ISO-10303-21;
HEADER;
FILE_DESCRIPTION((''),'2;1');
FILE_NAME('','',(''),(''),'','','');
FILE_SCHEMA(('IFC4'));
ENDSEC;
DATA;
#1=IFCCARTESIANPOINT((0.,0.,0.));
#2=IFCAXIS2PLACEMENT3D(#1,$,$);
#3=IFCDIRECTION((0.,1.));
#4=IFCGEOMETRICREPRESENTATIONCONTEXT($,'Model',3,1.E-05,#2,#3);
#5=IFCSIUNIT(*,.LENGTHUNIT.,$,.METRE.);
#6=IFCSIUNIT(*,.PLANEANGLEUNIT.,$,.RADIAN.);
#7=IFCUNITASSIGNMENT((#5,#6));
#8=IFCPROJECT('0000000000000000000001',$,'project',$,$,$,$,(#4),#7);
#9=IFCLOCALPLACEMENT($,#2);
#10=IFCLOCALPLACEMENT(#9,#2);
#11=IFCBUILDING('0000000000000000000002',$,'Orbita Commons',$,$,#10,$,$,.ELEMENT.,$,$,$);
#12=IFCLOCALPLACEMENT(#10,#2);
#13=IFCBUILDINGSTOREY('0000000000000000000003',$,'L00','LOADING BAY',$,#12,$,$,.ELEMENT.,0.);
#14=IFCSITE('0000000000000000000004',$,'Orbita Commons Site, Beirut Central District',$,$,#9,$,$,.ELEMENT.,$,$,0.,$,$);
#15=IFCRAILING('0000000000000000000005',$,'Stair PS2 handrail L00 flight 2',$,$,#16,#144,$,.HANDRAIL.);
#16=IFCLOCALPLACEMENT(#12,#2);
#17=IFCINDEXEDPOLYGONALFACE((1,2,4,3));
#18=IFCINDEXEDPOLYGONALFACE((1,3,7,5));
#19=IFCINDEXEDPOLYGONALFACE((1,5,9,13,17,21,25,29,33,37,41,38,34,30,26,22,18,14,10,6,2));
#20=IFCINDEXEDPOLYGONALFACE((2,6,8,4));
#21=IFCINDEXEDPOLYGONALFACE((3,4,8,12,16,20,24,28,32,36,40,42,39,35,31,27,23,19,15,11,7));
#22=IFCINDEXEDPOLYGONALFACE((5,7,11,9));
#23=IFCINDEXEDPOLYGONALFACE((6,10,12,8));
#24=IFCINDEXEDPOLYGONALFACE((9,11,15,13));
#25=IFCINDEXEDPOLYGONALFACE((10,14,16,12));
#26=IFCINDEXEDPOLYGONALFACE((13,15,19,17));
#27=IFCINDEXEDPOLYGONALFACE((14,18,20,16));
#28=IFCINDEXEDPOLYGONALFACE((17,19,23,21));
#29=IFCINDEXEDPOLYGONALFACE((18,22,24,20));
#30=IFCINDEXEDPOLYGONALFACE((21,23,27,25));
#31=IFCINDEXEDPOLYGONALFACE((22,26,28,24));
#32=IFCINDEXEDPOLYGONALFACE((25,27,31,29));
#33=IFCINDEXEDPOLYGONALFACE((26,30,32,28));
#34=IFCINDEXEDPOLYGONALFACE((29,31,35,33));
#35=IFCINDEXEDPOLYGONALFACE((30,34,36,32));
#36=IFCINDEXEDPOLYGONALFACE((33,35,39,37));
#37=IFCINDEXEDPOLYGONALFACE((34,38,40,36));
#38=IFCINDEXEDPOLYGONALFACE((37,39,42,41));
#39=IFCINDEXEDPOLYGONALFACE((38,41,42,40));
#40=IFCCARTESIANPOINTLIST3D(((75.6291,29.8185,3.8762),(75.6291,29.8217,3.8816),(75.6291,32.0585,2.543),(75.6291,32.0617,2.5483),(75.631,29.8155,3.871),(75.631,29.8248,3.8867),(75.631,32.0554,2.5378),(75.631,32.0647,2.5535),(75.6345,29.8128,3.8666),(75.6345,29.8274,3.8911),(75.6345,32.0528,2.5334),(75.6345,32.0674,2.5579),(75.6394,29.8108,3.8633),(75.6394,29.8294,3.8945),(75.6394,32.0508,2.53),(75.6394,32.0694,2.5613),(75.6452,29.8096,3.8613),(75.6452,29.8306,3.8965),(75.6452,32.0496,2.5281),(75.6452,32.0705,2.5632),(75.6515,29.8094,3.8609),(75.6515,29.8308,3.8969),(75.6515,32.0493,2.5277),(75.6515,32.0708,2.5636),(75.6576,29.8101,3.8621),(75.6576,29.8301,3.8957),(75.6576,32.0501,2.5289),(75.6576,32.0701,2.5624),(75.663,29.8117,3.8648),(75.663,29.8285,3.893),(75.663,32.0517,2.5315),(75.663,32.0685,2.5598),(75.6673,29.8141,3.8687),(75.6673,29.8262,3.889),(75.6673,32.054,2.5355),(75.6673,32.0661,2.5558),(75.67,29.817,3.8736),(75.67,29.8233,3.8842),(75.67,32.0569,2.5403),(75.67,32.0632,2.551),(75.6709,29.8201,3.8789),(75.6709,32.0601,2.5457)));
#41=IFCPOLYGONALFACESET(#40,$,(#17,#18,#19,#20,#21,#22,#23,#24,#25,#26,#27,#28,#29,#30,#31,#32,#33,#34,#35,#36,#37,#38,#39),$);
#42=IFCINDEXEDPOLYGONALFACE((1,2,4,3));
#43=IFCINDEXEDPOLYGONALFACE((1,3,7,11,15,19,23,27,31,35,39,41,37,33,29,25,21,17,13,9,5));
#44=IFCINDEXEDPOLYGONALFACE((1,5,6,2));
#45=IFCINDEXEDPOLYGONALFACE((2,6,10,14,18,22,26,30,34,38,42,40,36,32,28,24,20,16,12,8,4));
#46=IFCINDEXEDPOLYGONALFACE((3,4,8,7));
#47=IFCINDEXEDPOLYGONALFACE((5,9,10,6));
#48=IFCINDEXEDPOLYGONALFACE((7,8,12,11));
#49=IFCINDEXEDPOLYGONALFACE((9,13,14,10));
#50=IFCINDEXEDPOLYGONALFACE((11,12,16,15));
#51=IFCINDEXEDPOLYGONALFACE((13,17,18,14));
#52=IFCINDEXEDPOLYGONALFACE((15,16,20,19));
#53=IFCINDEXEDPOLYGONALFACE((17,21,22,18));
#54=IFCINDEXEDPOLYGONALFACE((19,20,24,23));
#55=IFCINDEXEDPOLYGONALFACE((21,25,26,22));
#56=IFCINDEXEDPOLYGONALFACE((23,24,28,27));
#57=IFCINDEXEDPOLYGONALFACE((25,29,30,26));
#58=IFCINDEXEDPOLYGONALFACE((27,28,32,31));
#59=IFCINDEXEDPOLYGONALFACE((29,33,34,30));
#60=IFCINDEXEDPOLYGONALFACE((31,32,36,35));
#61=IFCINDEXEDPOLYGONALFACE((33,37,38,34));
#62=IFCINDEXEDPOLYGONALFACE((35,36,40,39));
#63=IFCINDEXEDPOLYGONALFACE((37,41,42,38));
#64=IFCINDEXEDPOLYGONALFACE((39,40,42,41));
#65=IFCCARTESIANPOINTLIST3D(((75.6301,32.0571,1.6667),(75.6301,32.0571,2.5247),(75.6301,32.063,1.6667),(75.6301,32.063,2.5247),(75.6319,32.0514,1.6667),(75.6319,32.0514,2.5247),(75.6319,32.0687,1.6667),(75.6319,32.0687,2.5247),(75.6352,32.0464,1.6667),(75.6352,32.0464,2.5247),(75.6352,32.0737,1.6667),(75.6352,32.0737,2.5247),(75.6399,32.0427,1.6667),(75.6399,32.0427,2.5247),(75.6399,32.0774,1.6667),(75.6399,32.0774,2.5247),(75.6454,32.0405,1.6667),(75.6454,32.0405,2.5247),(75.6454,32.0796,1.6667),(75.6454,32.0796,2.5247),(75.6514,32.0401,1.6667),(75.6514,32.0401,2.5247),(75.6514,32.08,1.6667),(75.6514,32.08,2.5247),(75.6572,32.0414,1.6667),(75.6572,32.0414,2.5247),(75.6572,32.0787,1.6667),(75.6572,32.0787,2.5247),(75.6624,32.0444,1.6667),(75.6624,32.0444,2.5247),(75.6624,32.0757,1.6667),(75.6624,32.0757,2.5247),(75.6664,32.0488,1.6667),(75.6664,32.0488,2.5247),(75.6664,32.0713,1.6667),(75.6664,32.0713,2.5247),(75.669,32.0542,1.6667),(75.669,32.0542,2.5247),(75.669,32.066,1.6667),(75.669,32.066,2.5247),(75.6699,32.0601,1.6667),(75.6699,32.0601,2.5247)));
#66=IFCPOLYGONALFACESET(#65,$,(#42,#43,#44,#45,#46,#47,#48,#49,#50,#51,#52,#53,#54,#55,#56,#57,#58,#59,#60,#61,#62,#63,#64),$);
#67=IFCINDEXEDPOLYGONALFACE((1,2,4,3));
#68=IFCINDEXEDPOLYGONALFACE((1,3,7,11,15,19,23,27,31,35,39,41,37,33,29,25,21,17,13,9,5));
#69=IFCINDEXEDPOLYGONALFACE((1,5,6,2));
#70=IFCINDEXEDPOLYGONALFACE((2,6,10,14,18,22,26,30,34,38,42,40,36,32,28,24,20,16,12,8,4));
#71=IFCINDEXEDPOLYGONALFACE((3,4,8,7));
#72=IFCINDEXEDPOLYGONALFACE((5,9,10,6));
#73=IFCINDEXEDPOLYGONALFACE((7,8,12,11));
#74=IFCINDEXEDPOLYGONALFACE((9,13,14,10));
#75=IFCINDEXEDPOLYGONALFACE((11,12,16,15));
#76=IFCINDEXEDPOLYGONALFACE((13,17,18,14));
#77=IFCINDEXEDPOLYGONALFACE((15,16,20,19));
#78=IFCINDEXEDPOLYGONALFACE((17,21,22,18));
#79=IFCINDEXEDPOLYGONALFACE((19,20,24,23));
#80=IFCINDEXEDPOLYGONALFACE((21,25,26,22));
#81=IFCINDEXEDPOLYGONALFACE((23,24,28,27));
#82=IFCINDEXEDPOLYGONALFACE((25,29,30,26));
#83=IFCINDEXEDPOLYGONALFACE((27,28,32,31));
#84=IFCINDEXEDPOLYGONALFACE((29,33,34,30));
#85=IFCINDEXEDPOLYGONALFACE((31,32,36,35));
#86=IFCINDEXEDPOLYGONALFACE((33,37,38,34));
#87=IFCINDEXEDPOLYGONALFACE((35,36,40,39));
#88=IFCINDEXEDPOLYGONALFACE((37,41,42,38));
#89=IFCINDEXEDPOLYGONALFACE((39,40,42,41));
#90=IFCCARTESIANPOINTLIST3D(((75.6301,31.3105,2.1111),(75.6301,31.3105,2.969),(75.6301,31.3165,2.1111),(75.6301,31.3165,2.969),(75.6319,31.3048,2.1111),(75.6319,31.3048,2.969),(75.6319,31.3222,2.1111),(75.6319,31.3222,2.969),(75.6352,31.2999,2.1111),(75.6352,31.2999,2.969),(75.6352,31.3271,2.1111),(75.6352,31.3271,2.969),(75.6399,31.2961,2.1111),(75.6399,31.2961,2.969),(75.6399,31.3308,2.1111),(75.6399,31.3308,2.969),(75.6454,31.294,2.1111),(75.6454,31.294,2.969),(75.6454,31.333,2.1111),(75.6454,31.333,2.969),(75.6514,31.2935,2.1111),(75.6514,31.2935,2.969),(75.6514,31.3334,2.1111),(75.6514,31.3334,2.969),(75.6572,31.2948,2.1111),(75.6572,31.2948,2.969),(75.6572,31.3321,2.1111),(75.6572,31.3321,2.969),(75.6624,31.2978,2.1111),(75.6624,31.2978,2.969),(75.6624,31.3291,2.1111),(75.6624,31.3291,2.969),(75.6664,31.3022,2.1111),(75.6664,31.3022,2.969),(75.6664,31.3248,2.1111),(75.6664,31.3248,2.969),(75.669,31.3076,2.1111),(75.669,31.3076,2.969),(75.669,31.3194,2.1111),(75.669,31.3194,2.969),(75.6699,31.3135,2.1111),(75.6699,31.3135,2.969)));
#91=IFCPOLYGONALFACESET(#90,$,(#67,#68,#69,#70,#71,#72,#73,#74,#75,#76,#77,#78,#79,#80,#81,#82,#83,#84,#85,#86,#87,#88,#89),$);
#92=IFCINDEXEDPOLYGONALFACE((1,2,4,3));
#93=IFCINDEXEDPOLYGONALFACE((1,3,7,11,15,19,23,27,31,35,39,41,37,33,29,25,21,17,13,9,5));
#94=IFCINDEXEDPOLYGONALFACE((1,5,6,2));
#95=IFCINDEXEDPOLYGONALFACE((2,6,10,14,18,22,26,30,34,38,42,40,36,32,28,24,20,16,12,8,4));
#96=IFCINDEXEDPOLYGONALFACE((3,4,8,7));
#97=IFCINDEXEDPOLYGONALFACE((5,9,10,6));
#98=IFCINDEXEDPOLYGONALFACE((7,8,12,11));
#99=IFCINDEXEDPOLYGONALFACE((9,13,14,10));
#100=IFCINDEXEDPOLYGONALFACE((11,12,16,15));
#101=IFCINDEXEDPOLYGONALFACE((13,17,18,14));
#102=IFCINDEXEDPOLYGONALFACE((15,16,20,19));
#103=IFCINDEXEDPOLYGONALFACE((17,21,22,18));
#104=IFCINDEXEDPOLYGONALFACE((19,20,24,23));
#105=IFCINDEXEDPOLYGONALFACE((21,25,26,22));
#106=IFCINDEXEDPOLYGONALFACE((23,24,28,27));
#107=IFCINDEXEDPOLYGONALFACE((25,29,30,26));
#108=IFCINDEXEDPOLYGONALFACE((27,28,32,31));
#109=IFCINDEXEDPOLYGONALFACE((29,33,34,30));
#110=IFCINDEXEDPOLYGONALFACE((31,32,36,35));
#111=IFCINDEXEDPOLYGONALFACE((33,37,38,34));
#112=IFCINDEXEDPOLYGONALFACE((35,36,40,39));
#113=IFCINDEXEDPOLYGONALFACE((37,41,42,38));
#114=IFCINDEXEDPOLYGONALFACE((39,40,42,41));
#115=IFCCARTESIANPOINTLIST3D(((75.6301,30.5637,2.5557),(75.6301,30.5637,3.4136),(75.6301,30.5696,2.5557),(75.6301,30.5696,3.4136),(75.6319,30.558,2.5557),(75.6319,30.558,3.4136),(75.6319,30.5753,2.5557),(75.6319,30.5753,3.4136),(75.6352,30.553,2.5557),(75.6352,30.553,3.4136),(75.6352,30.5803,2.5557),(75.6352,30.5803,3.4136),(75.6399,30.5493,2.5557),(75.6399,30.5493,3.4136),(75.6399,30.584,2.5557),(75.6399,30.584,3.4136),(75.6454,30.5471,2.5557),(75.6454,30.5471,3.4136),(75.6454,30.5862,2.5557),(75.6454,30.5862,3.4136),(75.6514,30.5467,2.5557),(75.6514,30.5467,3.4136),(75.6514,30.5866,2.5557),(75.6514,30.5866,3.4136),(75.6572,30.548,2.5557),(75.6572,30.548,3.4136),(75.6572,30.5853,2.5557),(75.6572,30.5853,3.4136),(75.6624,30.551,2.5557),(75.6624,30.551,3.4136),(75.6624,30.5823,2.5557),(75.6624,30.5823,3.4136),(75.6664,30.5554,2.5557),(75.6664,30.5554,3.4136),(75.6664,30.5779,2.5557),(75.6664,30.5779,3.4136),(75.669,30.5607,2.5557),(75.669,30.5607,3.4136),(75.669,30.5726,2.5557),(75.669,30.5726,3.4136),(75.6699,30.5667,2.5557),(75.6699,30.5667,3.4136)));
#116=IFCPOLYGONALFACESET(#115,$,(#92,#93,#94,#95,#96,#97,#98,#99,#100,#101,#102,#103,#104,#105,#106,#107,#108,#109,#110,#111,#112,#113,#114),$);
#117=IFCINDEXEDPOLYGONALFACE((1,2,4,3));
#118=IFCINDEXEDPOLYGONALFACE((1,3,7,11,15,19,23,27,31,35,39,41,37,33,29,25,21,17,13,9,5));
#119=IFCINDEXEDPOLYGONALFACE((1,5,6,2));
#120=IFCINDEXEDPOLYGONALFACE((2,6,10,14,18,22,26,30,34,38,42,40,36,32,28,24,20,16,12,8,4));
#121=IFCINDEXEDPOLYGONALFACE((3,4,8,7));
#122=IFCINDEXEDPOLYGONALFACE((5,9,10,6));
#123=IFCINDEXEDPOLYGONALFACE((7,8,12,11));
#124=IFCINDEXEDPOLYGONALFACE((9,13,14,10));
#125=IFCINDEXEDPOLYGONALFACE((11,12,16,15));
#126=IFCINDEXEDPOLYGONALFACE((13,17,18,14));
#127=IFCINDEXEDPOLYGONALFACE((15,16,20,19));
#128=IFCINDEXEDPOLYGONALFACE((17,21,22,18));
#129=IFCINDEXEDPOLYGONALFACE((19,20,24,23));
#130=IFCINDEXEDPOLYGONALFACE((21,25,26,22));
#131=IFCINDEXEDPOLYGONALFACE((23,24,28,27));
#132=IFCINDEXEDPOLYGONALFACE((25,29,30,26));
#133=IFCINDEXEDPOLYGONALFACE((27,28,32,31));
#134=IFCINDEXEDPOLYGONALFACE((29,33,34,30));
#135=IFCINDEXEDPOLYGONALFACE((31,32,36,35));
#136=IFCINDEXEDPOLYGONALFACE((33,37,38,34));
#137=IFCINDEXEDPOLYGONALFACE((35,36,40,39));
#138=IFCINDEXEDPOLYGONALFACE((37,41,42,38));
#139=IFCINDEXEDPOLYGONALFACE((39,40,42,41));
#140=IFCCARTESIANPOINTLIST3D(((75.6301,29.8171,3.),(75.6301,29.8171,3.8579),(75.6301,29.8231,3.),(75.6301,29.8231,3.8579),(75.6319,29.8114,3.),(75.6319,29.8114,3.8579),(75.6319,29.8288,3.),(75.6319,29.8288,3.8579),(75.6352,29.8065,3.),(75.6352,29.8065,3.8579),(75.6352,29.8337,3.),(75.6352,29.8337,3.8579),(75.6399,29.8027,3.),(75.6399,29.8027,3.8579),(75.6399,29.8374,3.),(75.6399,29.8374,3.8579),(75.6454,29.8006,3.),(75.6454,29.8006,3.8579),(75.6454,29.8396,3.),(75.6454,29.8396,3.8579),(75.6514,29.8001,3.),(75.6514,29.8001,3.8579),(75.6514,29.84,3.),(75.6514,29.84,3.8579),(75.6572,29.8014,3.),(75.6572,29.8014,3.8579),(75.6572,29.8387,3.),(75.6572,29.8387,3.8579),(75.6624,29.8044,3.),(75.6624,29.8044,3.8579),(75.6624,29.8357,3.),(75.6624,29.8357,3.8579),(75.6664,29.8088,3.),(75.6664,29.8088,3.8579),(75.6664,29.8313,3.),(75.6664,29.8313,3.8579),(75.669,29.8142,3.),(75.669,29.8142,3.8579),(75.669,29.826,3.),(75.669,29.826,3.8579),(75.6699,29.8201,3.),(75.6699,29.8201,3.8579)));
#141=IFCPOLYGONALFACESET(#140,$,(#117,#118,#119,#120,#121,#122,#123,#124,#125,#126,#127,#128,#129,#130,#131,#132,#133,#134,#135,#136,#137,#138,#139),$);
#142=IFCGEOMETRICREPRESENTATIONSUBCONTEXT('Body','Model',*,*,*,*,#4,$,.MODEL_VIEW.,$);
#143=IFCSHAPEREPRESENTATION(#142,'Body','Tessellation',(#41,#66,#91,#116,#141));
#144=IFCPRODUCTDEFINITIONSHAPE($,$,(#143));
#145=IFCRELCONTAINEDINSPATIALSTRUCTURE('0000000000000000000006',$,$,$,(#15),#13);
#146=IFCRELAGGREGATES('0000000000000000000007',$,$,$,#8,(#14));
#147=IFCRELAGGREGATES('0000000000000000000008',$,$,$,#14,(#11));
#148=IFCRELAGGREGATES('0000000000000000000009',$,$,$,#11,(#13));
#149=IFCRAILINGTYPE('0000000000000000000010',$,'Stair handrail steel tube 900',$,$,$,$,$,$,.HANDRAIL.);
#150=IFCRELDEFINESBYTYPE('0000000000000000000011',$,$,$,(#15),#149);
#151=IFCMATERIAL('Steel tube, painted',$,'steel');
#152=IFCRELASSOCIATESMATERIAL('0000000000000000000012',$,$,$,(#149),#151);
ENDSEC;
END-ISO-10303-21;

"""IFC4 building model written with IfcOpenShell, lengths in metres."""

from ifc_helpers import new_model, si_unit, direction, frame, origin, origin_2d, place, context, subcontext, project, spatial, circle, extrude, material, type_object, element, save


model = new_model("IFC4")

# Units and contexts
model_context = context("Model", 3, precision=1e-05, world=origin(), true_north=direction((0.0, 1.0)))
body_context = subcontext(model_context, "Body", "Model", "MODEL_VIEW")
ifc_project = project(units=[si_unit("LENGTHUNIT", "METRE"), si_unit("PLANEANGLEUNIT", "RADIAN")], contexts=[model_context])

# Site, building, storey
site_placement = place(None, origin())
site = spatial("IfcSite", under=ifc_project, at=site_placement, Name="Orbita Commons Site, Beirut Central District", CompositionType="ELEMENT", RefElevation=0.0)
building_placement = place(site_placement, origin())
building = spatial("IfcBuilding", under=site, at=building_placement, Name="Orbita Commons", CompositionType="ELEMENT")
storey_placement = place(building_placement, origin())
storey = spatial("IfcBuildingStorey", under=building, at=storey_placement, Name="L00", Description="LOADING BAY", CompositionType="ELEMENT", Elevation=0.0)

# Railing
ifc_material_1 = material(Name="Steel tube, painted", Category="steel")
railing_type_1 = type_object("IfcRailingType", Name="Stair handrail steel tube 900", PredefinedType="HANDRAIL", material=ifc_material_1)
for number, where, name in (
    (1, (75.6499, 32.0601, 1.6667), "Stair PS2 handrail L00 flight 2"),
):
    element("IfcRailing", number, at=place(storey_placement, frame(where)), inside=storey, type_object=railing_type_1, Name=name, PredefinedType="HANDRAIL", context=body_context, shape_type="SweptSolid", body=[
        extrude(circle(Radius=0.021, at=origin_2d()), frame((0.0, 0.0, 0.8789), z_axis=(0.0, -0.859306, 0.511462), x_axis=(1.0, 0.0, 0.0)), (0.0, 0.0, 1.0), 2.6067),
        extrude(circle(Radius=0.02, at=origin_2d()), origin(), (0.0, 0.0, 1.0), 0.8579),
        extrude(circle(Radius=0.02, at=origin_2d()), frame((0.0, -0.7466, 0.4443)), (0.0, 0.0, 1.0), 0.8579),
        extrude(circle(Radius=0.02, at=origin_2d()), frame((0.0, -1.4934, 0.8889)), (0.0, 0.0, 1.0), 0.8579),
        extrude(circle(Radius=0.02, at=origin_2d()), frame((0.0, -2.24, 1.3333)), (0.0, 0.0, 1.0), 0.8579),
    ])

save(model, "model.ifc")
